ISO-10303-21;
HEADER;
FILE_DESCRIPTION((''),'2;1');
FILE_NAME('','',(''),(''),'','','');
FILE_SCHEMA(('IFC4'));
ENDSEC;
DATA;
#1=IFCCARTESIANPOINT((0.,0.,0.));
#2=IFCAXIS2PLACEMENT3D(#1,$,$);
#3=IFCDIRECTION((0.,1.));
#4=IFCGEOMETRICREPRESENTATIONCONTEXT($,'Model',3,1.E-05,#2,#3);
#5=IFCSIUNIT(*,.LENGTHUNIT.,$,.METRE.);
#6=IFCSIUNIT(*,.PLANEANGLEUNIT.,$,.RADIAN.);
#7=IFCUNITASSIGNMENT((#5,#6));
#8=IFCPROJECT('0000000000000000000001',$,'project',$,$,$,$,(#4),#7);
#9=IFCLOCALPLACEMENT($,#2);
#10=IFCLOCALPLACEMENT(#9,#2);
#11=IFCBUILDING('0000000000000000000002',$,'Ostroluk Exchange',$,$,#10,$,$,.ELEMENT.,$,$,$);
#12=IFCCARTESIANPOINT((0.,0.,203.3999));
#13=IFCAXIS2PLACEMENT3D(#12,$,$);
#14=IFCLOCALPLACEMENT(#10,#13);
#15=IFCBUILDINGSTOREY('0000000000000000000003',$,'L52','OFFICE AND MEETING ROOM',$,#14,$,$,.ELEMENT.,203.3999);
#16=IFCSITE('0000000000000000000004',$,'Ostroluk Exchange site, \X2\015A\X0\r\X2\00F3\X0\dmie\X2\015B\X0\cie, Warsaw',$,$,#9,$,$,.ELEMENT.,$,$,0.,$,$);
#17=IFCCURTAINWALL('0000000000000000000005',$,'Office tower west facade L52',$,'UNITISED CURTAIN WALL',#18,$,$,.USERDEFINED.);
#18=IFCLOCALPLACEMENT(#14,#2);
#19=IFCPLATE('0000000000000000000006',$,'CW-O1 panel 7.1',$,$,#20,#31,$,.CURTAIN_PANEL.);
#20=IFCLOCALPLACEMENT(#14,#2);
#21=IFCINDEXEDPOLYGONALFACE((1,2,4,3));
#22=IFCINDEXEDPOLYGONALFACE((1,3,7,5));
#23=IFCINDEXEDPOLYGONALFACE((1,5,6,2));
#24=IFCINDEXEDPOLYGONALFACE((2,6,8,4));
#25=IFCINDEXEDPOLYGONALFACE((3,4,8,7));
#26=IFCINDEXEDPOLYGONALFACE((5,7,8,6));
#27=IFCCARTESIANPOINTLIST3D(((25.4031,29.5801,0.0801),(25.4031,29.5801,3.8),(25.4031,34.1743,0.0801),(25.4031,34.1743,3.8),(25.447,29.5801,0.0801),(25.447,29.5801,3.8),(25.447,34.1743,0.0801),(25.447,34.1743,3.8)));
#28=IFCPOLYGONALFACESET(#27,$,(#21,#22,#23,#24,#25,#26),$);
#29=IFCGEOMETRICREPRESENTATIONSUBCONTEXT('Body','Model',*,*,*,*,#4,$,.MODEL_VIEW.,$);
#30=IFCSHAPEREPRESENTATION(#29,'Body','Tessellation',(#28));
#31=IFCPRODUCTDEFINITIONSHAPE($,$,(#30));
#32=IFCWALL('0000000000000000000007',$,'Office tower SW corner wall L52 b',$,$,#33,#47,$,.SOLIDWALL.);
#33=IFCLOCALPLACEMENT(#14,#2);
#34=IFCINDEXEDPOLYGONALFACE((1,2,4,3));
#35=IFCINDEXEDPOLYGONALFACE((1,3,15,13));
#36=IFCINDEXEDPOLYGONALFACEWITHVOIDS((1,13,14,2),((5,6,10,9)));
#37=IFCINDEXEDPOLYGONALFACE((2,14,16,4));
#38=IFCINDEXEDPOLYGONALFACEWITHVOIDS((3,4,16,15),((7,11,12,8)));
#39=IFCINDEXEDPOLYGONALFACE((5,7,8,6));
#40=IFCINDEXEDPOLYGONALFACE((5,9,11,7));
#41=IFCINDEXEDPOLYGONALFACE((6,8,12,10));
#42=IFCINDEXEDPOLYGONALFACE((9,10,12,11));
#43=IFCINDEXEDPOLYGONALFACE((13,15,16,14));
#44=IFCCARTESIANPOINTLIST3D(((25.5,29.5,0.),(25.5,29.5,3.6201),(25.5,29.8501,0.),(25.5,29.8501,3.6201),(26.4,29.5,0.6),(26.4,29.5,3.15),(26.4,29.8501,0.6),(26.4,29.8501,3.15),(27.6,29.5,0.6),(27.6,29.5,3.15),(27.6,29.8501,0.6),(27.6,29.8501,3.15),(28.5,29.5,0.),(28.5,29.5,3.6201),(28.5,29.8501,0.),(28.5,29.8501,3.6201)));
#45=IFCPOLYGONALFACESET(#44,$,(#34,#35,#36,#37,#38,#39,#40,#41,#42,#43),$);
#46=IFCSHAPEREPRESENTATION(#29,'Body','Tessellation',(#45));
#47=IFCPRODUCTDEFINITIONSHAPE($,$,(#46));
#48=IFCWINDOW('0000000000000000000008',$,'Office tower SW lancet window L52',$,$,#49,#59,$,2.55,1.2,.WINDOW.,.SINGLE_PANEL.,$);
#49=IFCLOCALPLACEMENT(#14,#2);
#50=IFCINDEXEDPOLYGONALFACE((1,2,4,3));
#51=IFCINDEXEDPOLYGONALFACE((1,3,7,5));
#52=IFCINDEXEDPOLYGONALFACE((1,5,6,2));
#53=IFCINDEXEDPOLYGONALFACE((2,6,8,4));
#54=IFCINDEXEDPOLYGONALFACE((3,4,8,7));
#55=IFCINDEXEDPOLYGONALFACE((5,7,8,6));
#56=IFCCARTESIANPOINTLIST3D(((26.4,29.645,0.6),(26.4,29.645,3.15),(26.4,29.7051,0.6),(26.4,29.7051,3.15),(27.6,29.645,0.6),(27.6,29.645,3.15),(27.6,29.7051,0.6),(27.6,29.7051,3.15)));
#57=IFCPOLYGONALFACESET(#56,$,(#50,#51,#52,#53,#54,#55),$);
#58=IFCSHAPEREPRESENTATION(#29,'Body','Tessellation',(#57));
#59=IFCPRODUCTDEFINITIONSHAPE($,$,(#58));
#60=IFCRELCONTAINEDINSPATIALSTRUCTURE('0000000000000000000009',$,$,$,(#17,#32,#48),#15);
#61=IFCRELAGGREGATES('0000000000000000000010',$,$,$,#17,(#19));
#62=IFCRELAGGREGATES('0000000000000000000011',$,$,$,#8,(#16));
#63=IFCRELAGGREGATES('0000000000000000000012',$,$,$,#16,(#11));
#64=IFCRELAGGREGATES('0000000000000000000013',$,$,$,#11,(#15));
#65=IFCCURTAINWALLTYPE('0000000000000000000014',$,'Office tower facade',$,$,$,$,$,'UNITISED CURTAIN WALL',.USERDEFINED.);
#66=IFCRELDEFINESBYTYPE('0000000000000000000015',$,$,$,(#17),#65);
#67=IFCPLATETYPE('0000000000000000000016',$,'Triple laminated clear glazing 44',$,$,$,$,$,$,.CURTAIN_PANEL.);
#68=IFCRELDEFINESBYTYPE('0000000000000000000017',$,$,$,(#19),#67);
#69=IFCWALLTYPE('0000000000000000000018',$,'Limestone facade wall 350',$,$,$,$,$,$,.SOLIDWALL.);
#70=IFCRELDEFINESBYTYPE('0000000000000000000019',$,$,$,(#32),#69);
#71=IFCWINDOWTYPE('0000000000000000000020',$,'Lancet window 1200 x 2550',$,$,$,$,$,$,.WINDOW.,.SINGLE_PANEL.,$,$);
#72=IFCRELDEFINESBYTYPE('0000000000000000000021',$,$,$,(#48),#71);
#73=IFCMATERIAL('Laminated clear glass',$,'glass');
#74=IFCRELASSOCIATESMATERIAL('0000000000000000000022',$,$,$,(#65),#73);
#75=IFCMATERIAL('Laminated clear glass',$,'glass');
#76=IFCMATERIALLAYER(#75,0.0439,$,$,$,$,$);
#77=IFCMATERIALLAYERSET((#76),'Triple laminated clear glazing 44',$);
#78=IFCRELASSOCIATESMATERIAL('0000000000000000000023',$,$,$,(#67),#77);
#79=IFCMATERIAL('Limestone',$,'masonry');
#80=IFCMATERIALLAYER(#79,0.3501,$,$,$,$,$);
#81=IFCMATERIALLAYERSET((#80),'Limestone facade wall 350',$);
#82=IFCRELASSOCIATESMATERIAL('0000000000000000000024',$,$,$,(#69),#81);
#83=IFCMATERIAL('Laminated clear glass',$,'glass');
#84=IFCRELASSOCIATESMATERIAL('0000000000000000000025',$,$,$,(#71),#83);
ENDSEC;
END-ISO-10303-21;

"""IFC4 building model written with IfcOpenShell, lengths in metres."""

from ifc_helpers import new_model, si_unit, direction, frame, frame_2d, origin, origin_2d, place, context, subcontext, project, spatial, rectangle, extrude, material, layer, layer_set, type_object, element, fill, aggregate, save


model = new_model("IFC4")

# Units and contexts
model_context = context("Model", 3, precision=1e-05, world=origin(), true_north=direction((0.0, 1.0)))
body_context = subcontext(model_context, "Body", "Model", "MODEL_VIEW")
ifc_project = project(units=[si_unit("LENGTHUNIT", "METRE"), si_unit("PLANEANGLEUNIT", "RADIAN")], contexts=[model_context])

# Site, building, storey
site_placement = place(None, origin())
site = spatial("IfcSite", under=ifc_project, at=site_placement, Name="Ostroluk Exchange site, Śródmieście, Warsaw", CompositionType="ELEMENT", RefElevation=0.0)
building_placement = place(site_placement, origin())
building = spatial("IfcBuilding", under=site, at=building_placement, Name="Ostroluk Exchange", CompositionType="ELEMENT")
storey_placement = place(building_placement, frame((0.0, 0.0, 203.3999)))
storey = spatial("IfcBuildingStorey", under=building, at=storey_placement, Name="L52", Description="OFFICE AND MEETING ROOM", CompositionType="ELEMENT", Elevation=203.3999)

# Shared definitions
ifc_material_1 = material(Name="Laminated clear glass", Category="glass")
curtain_wall_type = type_object("IfcCurtainWallType", Name="Office tower facade", ElementType="UNITISED CURTAIN WALL", PredefinedType="USERDEFINED", material=ifc_material_1)

# Curtain wall
curtain_wall_1_placement = place(storey_placement, origin())
curtain_wall_1 = element("IfcCurtainWall", 1, at=curtain_wall_1_placement, inside=storey, type_object=curtain_wall_type, Name="Office tower west facade L52", ObjectType="UNITISED CURTAIN WALL", PredefinedType="USERDEFINED")

# Plate
ifc_material_2 = material(Name="Laminated clear glass", Category="glass")
ifc_layer_1 = layer(ifc_material_2, 0.0439)
ifc_layer_set_1 = layer_set([ifc_layer_1], Name="Triple laminated clear glazing 44")
plate_type_1 = type_object("IfcPlateType", Name="Triple laminated clear glazing 44", PredefinedType="CURTAIN_PANEL", material=ifc_layer_set_1)
plate_1_placement = place(storey_placement, frame((25.425, 31.8772, 0.0801), z_axis=(0.0, 0.0, 1.0), x_axis=(0.0, -1.0, 0.0)))
plate_1 = element("IfcPlate", 2, at=plate_1_placement, type_object=plate_type_1, Name="CW-O1 panel 7.1", PredefinedType="CURTAIN_PANEL", context=body_context, shape_type="SweptSolid", body=[
    extrude(rectangle(XDim=4.5942, YDim=0.0439, at=origin_2d()), origin(), (0.0, 0.0, 1.0), 3.72),
])
aggregate(curtain_wall_1, [plate_1])

# Shared definitions
ifc_material_3 = material(Name="Limestone", Category="masonry")
ifc_layer_2 = layer(ifc_material_3, 0.3501)
ifc_layer_set_2 = layer_set([ifc_layer_2], Name="Limestone facade wall 350")
wall_type = type_object("IfcWallType", Name="Limestone facade wall 350", PredefinedType="SOLIDWALL", material=ifc_layer_set_2)

# Wall, opening, window
wall_1_placement = place(storey_placement, frame((28.5, 29.675, 0.0), z_axis=(0.0, 0.0, 1.0), x_axis=(-1.0, 0.0, 0.0)))
wall_1 = element("IfcWall", 3, at=wall_1_placement, inside=storey, type_object=wall_type, Name="Office tower SW corner wall L52 b", PredefinedType="SOLIDWALL", context=body_context, shape_type="SweptSolid", body=[
    extrude(rectangle(XDim=3.0, YDim=0.3501, at=frame_2d((1.5, 0.0))), origin(), (0.0, 0.0, 1.0), 3.6201),
])
opening_1_placement = place(wall_1_placement, frame((0.8999, 0.0, 0.6001)))
opening_1 = element("IfcOpeningElement", 4, at=opening_1_placement, cuts=wall_1, PredefinedType="OPENING", context=body_context, shape_type="SweptSolid", body=[
    extrude(rectangle(XDim=1.2, YDim=2.55, at=frame_2d((0.6001, 1.2749))), frame((0.0, 0.1851, 0.0), z_axis=(0.0, -1.0, 0.0), x_axis=(1.0, 0.0, 0.0)), (0.0, 0.0, 1.0), 0.3701),
])
ifc_material_4 = material(Name="Laminated clear glass", Category="glass")
window_type = type_object("IfcWindowType", Name="Lancet window 1200 x 2550", PartitioningType="SINGLE_PANEL", PredefinedType="WINDOW", material=ifc_material_4)
window_placement = place(opening_1_placement, origin())
window = element("IfcWindow", 5, at=window_placement, inside=storey, type_object=window_type, Name="Office tower SW lancet window L52", OverallHeight=2.55, OverallWidth=1.2, PartitioningType="SINGLE_PANEL", PredefinedType="WINDOW", context=body_context, shape_type="SweptSolid", body=[
    extrude(rectangle(XDim=1.2, YDim=2.55, at=frame_2d((0.6001, 1.2749))), frame((0.0, 0.03, 0.0), z_axis=(0.0, -1.0, 0.0), x_axis=(1.0, 0.0, 0.0)), (0.0, 0.0, 1.0), 0.0601),
])
fill(opening_1, window)

save(model, "model.ifc")
